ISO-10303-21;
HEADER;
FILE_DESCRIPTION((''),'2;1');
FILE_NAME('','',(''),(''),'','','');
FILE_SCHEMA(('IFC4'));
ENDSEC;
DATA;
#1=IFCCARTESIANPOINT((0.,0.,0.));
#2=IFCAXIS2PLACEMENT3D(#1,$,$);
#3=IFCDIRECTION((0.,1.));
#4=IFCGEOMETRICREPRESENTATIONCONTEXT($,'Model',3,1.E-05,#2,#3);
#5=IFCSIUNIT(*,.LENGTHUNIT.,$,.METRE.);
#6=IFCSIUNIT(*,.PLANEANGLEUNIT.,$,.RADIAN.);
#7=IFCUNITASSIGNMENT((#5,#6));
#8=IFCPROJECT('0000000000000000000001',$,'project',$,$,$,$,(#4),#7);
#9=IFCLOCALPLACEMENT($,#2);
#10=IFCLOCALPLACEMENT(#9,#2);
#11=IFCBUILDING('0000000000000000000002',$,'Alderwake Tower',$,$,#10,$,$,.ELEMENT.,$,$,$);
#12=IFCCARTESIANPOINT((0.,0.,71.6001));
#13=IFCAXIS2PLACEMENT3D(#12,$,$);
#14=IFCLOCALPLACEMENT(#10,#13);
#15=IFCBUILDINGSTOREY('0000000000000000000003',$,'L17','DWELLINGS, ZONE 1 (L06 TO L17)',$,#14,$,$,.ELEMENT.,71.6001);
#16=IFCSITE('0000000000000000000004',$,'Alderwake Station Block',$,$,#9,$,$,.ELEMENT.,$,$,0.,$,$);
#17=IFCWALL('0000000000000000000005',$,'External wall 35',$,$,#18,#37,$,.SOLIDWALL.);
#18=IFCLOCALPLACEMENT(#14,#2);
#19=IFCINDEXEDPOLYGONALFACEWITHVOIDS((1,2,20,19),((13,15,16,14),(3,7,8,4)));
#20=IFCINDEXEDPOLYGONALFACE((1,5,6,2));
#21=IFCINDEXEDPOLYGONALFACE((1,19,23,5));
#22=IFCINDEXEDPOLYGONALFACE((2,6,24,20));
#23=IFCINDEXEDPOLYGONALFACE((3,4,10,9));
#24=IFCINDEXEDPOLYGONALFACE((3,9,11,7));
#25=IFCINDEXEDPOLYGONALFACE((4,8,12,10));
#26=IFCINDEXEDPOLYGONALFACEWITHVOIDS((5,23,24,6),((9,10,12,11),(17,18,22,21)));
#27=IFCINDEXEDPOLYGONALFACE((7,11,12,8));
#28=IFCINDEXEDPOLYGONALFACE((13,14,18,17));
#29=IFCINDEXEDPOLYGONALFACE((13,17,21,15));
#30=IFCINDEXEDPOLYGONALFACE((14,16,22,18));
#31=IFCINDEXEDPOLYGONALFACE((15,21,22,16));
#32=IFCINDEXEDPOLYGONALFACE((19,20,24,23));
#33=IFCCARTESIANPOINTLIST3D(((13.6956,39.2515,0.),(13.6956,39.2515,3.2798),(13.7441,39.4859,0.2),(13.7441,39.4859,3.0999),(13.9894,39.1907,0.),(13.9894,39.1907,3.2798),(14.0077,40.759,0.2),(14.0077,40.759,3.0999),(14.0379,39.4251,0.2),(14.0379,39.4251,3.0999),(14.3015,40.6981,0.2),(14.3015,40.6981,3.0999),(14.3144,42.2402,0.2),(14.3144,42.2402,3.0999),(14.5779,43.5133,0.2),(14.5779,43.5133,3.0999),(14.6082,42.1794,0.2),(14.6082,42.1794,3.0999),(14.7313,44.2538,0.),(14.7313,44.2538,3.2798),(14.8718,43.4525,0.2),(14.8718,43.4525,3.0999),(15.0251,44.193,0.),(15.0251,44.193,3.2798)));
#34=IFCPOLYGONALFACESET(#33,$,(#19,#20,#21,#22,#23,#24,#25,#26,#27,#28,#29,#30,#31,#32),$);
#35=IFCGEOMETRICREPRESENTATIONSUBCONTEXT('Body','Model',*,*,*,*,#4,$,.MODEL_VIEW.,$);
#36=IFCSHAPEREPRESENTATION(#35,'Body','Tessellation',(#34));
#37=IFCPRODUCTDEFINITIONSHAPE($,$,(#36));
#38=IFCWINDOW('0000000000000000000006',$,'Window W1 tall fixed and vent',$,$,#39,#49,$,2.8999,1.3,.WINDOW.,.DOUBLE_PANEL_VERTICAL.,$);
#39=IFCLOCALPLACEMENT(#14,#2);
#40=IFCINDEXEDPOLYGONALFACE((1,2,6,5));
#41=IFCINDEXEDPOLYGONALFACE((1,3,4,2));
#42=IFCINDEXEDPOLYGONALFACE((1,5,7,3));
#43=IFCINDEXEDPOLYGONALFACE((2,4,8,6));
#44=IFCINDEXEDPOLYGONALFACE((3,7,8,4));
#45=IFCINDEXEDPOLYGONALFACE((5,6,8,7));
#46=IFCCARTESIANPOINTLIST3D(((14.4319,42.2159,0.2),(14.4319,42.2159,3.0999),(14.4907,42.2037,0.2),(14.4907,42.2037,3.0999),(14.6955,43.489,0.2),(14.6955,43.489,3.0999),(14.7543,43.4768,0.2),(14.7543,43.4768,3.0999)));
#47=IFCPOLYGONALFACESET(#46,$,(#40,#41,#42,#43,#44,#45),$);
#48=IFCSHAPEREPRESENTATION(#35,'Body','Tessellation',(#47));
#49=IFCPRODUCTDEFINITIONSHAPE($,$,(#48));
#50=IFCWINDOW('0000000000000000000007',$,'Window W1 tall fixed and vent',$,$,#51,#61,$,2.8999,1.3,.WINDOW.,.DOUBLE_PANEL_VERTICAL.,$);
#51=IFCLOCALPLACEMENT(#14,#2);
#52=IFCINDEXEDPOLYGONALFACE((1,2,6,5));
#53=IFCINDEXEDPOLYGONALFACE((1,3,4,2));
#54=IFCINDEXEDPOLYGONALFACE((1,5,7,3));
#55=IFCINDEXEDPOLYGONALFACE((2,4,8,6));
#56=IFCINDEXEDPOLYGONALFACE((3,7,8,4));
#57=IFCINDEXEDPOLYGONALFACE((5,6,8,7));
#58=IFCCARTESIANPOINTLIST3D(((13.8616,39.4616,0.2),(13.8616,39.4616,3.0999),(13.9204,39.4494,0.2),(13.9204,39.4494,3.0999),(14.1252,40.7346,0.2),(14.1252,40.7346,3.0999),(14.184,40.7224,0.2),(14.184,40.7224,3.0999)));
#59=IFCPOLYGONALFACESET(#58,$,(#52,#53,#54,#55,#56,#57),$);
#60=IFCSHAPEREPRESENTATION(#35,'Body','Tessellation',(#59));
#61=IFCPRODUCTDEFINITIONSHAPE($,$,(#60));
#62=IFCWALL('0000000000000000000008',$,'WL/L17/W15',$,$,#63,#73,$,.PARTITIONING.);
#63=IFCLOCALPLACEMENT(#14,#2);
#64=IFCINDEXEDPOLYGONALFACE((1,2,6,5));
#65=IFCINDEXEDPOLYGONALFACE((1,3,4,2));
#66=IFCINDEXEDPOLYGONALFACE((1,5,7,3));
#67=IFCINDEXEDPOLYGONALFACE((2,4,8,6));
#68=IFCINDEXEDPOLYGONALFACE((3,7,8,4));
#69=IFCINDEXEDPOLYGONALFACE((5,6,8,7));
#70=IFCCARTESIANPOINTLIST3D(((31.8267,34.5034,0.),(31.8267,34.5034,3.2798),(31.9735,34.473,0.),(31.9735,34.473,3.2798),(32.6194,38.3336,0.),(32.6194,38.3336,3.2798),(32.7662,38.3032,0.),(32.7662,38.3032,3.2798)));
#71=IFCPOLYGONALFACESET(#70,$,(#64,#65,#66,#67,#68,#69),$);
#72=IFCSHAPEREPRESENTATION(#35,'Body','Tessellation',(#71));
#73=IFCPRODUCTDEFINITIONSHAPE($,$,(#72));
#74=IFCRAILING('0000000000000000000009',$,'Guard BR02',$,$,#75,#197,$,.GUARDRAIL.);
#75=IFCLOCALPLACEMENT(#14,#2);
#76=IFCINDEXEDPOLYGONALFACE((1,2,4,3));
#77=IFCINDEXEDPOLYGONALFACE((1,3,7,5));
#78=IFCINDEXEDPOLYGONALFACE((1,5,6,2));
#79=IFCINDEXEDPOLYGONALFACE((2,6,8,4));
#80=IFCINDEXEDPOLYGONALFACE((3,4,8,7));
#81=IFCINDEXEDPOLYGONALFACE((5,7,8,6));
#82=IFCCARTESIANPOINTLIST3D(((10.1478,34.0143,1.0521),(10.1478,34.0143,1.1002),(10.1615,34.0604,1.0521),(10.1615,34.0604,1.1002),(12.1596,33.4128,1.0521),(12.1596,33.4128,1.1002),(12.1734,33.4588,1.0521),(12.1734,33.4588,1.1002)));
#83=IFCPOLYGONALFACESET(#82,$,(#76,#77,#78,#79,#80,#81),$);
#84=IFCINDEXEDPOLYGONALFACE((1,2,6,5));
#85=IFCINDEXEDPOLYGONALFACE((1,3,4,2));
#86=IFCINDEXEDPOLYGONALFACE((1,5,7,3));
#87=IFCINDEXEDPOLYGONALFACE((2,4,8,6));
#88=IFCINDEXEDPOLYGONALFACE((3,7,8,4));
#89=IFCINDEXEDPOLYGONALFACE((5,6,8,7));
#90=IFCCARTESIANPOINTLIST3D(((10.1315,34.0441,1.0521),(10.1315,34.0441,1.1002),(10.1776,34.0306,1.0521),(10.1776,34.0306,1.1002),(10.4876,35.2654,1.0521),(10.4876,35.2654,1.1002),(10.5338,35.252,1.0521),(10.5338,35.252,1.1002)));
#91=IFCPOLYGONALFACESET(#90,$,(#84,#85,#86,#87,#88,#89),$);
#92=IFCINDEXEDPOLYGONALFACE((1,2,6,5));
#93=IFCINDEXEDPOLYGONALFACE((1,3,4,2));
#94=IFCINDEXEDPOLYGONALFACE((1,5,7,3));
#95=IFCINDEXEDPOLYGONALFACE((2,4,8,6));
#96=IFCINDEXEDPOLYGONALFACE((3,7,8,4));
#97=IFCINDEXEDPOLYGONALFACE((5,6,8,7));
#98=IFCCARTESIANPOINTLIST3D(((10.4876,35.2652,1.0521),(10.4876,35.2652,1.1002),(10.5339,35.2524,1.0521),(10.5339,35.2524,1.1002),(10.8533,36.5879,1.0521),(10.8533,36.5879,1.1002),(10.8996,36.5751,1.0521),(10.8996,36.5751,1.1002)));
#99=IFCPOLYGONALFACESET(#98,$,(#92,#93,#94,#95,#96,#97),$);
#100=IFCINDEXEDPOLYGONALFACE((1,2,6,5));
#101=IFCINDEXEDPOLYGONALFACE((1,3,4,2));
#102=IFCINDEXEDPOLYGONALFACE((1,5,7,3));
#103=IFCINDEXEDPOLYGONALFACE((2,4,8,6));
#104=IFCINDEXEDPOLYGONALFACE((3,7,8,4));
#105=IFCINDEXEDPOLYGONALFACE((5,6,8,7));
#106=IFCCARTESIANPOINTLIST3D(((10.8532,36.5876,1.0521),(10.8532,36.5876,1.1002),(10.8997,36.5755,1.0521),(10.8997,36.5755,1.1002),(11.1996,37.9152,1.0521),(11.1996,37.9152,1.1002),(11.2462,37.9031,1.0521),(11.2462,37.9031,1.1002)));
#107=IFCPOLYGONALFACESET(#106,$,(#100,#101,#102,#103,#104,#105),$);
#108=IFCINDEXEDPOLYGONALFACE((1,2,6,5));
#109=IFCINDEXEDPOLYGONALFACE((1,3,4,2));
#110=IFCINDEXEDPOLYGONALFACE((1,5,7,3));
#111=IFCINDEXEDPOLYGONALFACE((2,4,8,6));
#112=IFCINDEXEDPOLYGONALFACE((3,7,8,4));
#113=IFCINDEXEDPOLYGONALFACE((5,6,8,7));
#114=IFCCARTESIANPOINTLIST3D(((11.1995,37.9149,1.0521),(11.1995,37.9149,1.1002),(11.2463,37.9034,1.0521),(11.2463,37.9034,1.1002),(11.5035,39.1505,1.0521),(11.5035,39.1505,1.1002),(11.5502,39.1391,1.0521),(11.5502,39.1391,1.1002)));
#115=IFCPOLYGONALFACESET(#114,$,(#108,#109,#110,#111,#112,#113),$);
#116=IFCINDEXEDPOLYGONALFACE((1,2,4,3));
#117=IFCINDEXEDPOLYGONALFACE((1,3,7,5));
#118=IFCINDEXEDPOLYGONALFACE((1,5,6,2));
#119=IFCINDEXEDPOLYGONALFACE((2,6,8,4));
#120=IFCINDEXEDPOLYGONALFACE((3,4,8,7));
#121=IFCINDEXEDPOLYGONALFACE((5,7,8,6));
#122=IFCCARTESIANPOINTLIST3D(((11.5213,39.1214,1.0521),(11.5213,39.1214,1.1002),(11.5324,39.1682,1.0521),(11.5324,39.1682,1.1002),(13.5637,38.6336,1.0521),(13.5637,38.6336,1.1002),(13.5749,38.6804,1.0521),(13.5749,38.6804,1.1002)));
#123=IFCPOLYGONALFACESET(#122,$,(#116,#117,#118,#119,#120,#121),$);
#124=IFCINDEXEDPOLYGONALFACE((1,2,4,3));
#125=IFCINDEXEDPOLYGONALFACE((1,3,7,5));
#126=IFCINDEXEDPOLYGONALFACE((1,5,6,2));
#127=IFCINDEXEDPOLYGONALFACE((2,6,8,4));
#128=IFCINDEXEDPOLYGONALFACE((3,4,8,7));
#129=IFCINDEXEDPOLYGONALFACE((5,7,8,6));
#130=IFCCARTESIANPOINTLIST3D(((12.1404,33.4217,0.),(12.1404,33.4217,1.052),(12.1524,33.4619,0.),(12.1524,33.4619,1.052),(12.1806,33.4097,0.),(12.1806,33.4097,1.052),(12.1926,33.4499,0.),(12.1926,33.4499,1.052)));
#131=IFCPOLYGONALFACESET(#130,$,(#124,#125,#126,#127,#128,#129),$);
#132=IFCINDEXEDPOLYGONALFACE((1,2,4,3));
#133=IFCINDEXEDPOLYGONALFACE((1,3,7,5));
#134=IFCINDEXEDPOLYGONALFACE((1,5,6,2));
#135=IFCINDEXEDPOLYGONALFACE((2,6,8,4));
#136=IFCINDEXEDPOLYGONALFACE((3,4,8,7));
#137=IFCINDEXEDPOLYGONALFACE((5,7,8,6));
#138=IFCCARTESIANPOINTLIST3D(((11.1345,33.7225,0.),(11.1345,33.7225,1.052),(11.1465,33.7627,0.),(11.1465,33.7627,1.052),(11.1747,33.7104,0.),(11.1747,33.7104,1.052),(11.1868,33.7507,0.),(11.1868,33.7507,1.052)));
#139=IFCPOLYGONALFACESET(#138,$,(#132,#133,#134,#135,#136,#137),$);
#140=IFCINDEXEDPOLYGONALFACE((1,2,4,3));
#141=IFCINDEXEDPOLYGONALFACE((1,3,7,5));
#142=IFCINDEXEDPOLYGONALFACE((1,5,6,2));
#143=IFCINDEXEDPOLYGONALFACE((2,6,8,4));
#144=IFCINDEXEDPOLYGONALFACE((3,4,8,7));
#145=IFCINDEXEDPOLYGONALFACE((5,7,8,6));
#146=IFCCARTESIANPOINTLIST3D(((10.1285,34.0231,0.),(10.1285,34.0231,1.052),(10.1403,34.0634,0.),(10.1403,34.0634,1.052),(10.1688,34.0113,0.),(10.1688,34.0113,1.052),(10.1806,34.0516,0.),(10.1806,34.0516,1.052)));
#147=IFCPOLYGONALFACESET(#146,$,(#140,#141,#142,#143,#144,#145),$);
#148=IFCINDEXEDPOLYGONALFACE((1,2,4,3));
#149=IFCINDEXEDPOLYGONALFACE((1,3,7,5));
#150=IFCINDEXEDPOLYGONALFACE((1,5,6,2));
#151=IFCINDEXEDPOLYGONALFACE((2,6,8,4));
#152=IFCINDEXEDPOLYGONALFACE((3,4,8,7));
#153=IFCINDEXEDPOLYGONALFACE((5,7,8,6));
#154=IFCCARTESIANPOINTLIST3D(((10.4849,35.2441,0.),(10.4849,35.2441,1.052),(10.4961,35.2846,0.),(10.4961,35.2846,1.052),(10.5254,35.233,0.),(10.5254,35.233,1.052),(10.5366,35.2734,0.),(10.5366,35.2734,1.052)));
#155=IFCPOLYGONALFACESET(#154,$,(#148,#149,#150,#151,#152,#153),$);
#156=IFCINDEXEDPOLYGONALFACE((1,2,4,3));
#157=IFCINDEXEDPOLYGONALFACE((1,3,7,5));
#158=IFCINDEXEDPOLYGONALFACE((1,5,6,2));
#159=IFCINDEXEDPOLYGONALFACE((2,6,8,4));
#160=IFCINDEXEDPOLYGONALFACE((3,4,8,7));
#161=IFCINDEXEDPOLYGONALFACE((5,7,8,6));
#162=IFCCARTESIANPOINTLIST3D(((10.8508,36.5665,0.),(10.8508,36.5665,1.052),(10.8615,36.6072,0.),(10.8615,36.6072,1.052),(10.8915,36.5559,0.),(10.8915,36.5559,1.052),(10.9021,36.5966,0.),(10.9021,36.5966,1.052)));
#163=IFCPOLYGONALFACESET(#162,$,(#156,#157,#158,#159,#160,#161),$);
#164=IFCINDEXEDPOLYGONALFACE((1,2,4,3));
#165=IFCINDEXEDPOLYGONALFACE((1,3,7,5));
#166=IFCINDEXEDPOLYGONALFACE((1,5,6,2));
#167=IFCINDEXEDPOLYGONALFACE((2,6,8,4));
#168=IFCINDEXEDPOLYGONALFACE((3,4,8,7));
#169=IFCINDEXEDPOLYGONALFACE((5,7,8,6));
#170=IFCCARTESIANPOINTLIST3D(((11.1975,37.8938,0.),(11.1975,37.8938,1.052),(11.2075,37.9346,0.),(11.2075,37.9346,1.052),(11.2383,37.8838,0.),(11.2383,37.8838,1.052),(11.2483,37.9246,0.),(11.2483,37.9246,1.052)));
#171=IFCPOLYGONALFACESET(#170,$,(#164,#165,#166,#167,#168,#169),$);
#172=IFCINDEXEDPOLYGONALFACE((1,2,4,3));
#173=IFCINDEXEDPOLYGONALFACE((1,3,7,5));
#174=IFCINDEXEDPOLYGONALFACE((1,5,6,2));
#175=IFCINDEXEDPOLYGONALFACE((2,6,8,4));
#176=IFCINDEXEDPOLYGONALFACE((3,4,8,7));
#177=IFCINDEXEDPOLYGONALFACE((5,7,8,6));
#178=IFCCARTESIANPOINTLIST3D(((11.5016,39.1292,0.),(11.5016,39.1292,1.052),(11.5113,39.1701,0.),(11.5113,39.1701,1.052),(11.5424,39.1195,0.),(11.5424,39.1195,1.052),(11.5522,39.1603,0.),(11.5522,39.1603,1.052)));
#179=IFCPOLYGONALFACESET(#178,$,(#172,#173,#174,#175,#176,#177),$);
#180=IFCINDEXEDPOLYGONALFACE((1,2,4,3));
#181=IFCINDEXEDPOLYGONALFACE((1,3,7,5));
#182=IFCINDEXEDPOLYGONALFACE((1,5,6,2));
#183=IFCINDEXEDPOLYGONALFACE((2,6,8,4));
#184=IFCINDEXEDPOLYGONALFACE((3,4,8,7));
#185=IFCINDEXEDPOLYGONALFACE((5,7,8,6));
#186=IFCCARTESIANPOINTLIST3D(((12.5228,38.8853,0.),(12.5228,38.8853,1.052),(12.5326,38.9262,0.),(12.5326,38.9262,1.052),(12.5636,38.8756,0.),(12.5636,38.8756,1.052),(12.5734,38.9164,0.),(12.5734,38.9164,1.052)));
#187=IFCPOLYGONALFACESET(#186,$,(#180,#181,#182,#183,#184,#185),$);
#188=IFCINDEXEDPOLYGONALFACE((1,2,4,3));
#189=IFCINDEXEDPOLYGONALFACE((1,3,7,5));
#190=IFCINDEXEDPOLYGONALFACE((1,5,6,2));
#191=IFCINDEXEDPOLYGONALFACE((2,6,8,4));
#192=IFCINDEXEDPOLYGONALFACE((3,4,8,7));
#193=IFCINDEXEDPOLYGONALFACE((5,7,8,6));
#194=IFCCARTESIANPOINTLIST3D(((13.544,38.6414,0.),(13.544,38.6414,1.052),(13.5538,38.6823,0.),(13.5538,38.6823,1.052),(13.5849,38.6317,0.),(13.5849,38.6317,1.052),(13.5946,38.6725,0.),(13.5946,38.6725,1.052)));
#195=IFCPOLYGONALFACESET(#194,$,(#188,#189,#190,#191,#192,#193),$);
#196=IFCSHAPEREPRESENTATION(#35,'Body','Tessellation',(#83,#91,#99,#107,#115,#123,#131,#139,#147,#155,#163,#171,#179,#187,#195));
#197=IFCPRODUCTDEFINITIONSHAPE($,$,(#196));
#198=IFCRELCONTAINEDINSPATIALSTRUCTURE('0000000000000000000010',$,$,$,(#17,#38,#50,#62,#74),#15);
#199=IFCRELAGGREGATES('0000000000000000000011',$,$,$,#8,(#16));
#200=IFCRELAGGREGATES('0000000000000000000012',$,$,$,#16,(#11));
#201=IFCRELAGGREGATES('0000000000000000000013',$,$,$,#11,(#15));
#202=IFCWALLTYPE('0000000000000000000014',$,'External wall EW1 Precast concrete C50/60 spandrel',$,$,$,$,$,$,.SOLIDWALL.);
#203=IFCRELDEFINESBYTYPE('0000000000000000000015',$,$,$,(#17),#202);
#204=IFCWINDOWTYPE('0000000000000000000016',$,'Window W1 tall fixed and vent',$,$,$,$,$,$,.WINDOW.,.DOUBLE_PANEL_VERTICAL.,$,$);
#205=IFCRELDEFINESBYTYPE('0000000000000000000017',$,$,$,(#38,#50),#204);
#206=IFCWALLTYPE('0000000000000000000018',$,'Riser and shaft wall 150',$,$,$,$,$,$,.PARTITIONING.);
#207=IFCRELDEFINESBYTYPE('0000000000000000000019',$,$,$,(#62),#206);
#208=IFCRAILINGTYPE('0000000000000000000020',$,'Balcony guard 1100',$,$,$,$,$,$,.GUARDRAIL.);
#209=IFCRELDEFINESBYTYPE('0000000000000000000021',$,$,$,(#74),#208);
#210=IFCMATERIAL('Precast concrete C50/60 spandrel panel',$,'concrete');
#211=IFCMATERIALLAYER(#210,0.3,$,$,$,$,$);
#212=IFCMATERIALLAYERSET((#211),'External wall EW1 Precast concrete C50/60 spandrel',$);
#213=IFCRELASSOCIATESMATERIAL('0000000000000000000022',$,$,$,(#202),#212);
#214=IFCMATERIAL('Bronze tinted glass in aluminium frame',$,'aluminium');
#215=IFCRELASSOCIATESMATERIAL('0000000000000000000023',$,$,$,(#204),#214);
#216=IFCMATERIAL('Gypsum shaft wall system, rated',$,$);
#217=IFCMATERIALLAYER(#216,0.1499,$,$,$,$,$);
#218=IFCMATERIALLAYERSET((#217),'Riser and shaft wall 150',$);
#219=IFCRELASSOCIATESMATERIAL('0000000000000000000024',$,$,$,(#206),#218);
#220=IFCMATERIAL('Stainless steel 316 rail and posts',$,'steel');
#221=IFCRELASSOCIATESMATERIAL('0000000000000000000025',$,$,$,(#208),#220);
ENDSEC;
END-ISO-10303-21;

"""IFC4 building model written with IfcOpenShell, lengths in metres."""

from ifc_helpers import new_model, si_unit, direction, frame, frame_2d, origin, origin_2d, place, context, subcontext, project, spatial, rectangle, extrude, material, layer, layer_set, type_object, element, fill, save


model = new_model("IFC4")

# Units and contexts
model_context = context("Model", 3, precision=1e-05, world=origin(), true_north=direction((0.0, 1.0)))
body_context = subcontext(model_context, "Body", "Model", "MODEL_VIEW")
ifc_project = project(units=[si_unit("LENGTHUNIT", "METRE"), si_unit("PLANEANGLEUNIT", "RADIAN")], contexts=[model_context])

# Site, building, storey
site_placement = place(None, origin())
site = spatial("IfcSite", under=ifc_project, at=site_placement, Name="Alderwake Station Block", CompositionType="ELEMENT", RefElevation=0.0)
building_placement = place(site_placement, origin())
building = spatial("IfcBuilding", under=site, at=building_placement, Name="Alderwake Tower", CompositionType="ELEMENT")
storey_placement = place(building_placement, frame((0.0, 0.0, 71.6001)))
storey = spatial("IfcBuildingStorey", under=building, at=storey_placement, Name="L17", Description="DWELLINGS, ZONE 1 (L06 TO L17)", CompositionType="ELEMENT", Elevation=71.6001)

# Wall, openings, windows
ifc_material_1 = material(Name="Precast concrete C50/60 spandrel panel", Category="concrete")
ifc_layer_1 = layer(ifc_material_1, 0.3)
ifc_layer_set_1 = layer_set([ifc_layer_1], Name="External wall EW1 Precast concrete C50/60 spandrel")
wall_type_1 = type_object("IfcWallType", Name="External wall EW1 Precast concrete C50/60 spandrel", PredefinedType="SOLIDWALL", material=ifc_layer_set_1)
wall_1_placement = place(storey_placement, frame((14.8782, 44.2234, 0.0), z_axis=(0.0, 0.0, 1.0), x_axis=(-0.202738, -0.979233, 0.0)))
wall_1 = element("IfcWall", 1, at=wall_1_placement, inside=storey, type_object=wall_type_1, Name="External wall 35", PredefinedType="SOLIDWALL", context=body_context, shape_type="SweptSolid", body=[
    extrude(rectangle(XDim=5.1084, YDim=0.3, at=frame_2d((2.5542, 0.0))), origin(), (0.0, 0.0, 1.0), 3.2798),
])
opening_1_placement = place(wall_1_placement, frame((0.7563, 0.0, 0.2)))
opening_1 = element("IfcOpeningElement", 2, at=opening_1_placement, cuts=wall_1, PredefinedType="OPENING", context=body_context, shape_type="SweptSolid", body=[
    extrude(rectangle(XDim=1.3, YDim=2.8999, at=frame_2d((0.6499, 1.45))), frame((0.0, 0.1599, 0.0), z_axis=(0.0, -1.0, 0.0), x_axis=(1.0, 0.0, 0.0)), (0.0, 0.0, 1.0), 0.3201),
])
opening_2_placement = place(wall_1_placement, frame((3.5691, 0.0, 0.2)))
opening_2 = element("IfcOpeningElement", 3, at=opening_2_placement, cuts=wall_1, PredefinedType="OPENING", context=body_context, shape_type="SweptSolid", body=[
    extrude(rectangle(XDim=1.3, YDim=2.8999, at=frame_2d((0.6499, 1.45))), frame((0.0, 0.1599, 0.0), z_axis=(0.0, -1.0, 0.0), x_axis=(1.0, 0.0, 0.0)), (0.0, 0.0, 1.0), 0.3201),
])
ifc_material_2 = material(Name="Bronze tinted glass in aluminium frame", Category="aluminium")
window_type = type_object("IfcWindowType", Name="Window W1 tall fixed and vent", PartitioningType="DOUBLE_PANEL_VERTICAL", PredefinedType="WINDOW", material=ifc_material_2)
window_1_placement = place(opening_1_placement, origin())
window_1 = element("IfcWindow", 4, at=window_1_placement, inside=storey, type_object=window_type, Name="Window W1 tall fixed and vent", OverallHeight=2.8999, OverallWidth=1.3, PartitioningType="DOUBLE_PANEL_VERTICAL", PredefinedType="WINDOW", context=body_context, shape_type="SweptSolid", body=[
    extrude(rectangle(XDim=1.3, YDim=2.8999, at=frame_2d((0.6499, 1.45))), frame((0.0, 0.03, 0.0), z_axis=(0.0, -1.0, 0.0), x_axis=(1.0, 0.0, 0.0)), (0.0, 0.0, 1.0), 0.0601),
])
fill(opening_1, window_1)
window_2_placement = place(opening_2_placement, origin())
window_2 = element("IfcWindow", 5, at=window_2_placement, inside=storey, type_object=window_type, Name="Window W1 tall fixed and vent", OverallHeight=2.8999, OverallWidth=1.3, PartitioningType="DOUBLE_PANEL_VERTICAL", PredefinedType="WINDOW", context=body_context, shape_type="SweptSolid", body=[
    extrude(rectangle(XDim=1.3, YDim=2.8999, at=frame_2d((0.6499, 1.45))), frame((0.0, 0.03, 0.0), z_axis=(0.0, -1.0, 0.0), x_axis=(1.0, 0.0, 0.0)), (0.0, 0.0, 1.0), 0.0601),
])
fill(opening_2, window_2)

# Wall
ifc_material_3 = material(Name="Gypsum shaft wall system, rated")
ifc_layer_2 = layer(ifc_material_3, 0.1499)
ifc_layer_set_2 = layer_set([ifc_layer_2], Name="Riser and shaft wall 150")
wall_type_2 = type_object("IfcWallType", Name="Riser and shaft wall 150", PredefinedType="PARTITIONING", material=ifc_layer_set_2)
wall_2_placement = place(storey_placement, frame((31.9001, 34.4883, 0.0), z_axis=(0.0, 0.0, 1.0), x_axis=(0.202665, 0.979248, 0.0)))
element("IfcWall", 6, at=wall_2_placement, inside=storey, type_object=wall_type_2, Name="WL/L17/W15", PredefinedType="PARTITIONING", context=body_context, shape_type="SweptSolid", body=[
    extrude(rectangle(XDim=3.9114, YDim=0.1499, at=frame_2d((1.9556, 0.0))), origin(), (0.0, 0.0, 1.0), 3.2798),
])

# Railing
ifc_material_4 = material(Name="Stainless steel 316 rail and posts", Category="steel")
railing_type = type_object("IfcRailingType", Name="Balcony guard 1100", PredefinedType="GUARDRAIL", material=ifc_material_4)
railing_placement = place(storey_placement, frame((12.1665, 33.4358, 0.0)))
element("IfcRailing", 7, at=railing_placement, inside=storey, type_object=railing_type, Name="Guard BR02", PredefinedType="GUARDRAIL", context=body_context, shape_type="SweptSolid", body=[
    extrude(rectangle(XDim=0.0481, YDim=0.0481, at=origin_2d()), frame((0.0, 0.0, 1.0762), z_axis=(-0.958091, 0.286462, 0.0), x_axis=(-0.286462, -0.958091, 0.0)), (0.0, 0.0, 1.0), 2.0999),
    extrude(rectangle(XDim=0.0481, YDim=0.0481, at=origin_2d()), frame((-2.012, 0.6016, 1.0762), z_axis=(0.279963, 0.960011, 0.0), x_axis=(-0.960011, 0.279963, 0.0)), (0.0, 0.0, 1.0), 1.2722),
    extrude(rectangle(XDim=0.0481, YDim=0.0481, at=origin_2d()), frame((-1.6558, 1.823, 1.0762), z_axis=(0.266488, 0.963838, 0.0), x_axis=(-0.963838, 0.266488, 0.0)), (0.0, 0.0, 1.0), 1.3723),
    extrude(rectangle(XDim=0.0481, YDim=0.0481, at=origin_2d()), frame((-1.29, 3.1458, 1.0762), z_axis=(0.252487, 0.9676, 0.0), x_axis=(-0.9676, 0.252487, 0.0)), (0.0, 0.0, 1.0), 1.3721),
    extrude(rectangle(XDim=0.0481, YDim=0.0481, at=origin_2d()), frame((-0.9436, 4.4734, 1.0762), z_axis=(0.238877, 0.97105, 0.0), x_axis=(-0.97105, 0.238877, 0.0)), (0.0, 0.0, 1.0), 1.2725),
    extrude(rectangle(XDim=0.0481, YDim=0.0481, at=origin_2d()), frame((-0.6396, 5.709, 1.0762), z_axis=(0.972646, -0.232291, 0.0), x_axis=(0.232291, 0.972646, 0.0)), (0.0, 0.0, 1.0), 2.0999),
    extrude(rectangle(XDim=0.042, YDim=0.042, at=origin_2d()), frame((0.0, 0.0, 0.0), z_axis=(0.0, 0.0, 1.0), x_axis=(-0.958091, 0.286462, 0.0)), (0.0, 0.0, 1.0), 1.052),
    extrude(rectangle(XDim=0.042, YDim=0.042, at=origin_2d()), frame((-1.0059, 0.3008, 0.0), z_axis=(0.0, 0.0, 1.0), x_axis=(-0.958091, 0.286462, 0.0)), (0.0, 0.0, 1.0), 1.052),
    extrude(rectangle(XDim=0.042, YDim=0.042, at=origin_2d()), frame((-2.012, 0.6016, 0.0), z_axis=(0.0, 0.0, 1.0), x_axis=(0.279963, 0.960011, 0.0)), (0.0, 0.0, 1.0), 1.052),
    extrude(rectangle(XDim=0.042, YDim=0.042, at=origin_2d()), frame((-1.6558, 1.823, 0.0), z_axis=(0.0, 0.0, 1.0), x_axis=(0.266488, 0.963838, 0.0)), (0.0, 0.0, 1.0), 1.052),
    extrude(rectangle(XDim=0.042, YDim=0.042, at=origin_2d()), frame((-1.29, 3.1458, 0.0), z_axis=(0.0, 0.0, 1.0), x_axis=(0.252487, 0.9676, 0.0)), (0.0, 0.0, 1.0), 1.052),
    extrude(rectangle(XDim=0.042, YDim=0.042, at=origin_2d()), frame((-0.9436, 4.4734, 0.0), z_axis=(0.0, 0.0, 1.0), x_axis=(0.238877, 0.97105, 0.0)), (0.0, 0.0, 1.0), 1.052),
    extrude(rectangle(XDim=0.042, YDim=0.042, at=origin_2d()), frame((-0.6396, 5.709, 0.0), z_axis=(0.0, 0.0, 1.0), x_axis=(0.972646, -0.232291, 0.0)), (0.0, 0.0, 1.0), 1.052),
    extrude(rectangle(XDim=0.042, YDim=0.042, at=origin_2d()), frame((0.3816, 5.4651, 0.0), z_axis=(0.0, 0.0, 1.0), x_axis=(0.972646, -0.232291, 0.0)), (0.0, 0.0, 1.0), 1.052),
    extrude(rectangle(XDim=0.042, YDim=0.042, at=origin_2d()), frame((1.4028, 5.2212, 0.0), z_axis=(0.0, 0.0, 1.0), x_axis=(0.972646, -0.232291, 0.0)), (0.0, 0.0, 1.0), 1.052),
])

save(model, "model.ifc")
